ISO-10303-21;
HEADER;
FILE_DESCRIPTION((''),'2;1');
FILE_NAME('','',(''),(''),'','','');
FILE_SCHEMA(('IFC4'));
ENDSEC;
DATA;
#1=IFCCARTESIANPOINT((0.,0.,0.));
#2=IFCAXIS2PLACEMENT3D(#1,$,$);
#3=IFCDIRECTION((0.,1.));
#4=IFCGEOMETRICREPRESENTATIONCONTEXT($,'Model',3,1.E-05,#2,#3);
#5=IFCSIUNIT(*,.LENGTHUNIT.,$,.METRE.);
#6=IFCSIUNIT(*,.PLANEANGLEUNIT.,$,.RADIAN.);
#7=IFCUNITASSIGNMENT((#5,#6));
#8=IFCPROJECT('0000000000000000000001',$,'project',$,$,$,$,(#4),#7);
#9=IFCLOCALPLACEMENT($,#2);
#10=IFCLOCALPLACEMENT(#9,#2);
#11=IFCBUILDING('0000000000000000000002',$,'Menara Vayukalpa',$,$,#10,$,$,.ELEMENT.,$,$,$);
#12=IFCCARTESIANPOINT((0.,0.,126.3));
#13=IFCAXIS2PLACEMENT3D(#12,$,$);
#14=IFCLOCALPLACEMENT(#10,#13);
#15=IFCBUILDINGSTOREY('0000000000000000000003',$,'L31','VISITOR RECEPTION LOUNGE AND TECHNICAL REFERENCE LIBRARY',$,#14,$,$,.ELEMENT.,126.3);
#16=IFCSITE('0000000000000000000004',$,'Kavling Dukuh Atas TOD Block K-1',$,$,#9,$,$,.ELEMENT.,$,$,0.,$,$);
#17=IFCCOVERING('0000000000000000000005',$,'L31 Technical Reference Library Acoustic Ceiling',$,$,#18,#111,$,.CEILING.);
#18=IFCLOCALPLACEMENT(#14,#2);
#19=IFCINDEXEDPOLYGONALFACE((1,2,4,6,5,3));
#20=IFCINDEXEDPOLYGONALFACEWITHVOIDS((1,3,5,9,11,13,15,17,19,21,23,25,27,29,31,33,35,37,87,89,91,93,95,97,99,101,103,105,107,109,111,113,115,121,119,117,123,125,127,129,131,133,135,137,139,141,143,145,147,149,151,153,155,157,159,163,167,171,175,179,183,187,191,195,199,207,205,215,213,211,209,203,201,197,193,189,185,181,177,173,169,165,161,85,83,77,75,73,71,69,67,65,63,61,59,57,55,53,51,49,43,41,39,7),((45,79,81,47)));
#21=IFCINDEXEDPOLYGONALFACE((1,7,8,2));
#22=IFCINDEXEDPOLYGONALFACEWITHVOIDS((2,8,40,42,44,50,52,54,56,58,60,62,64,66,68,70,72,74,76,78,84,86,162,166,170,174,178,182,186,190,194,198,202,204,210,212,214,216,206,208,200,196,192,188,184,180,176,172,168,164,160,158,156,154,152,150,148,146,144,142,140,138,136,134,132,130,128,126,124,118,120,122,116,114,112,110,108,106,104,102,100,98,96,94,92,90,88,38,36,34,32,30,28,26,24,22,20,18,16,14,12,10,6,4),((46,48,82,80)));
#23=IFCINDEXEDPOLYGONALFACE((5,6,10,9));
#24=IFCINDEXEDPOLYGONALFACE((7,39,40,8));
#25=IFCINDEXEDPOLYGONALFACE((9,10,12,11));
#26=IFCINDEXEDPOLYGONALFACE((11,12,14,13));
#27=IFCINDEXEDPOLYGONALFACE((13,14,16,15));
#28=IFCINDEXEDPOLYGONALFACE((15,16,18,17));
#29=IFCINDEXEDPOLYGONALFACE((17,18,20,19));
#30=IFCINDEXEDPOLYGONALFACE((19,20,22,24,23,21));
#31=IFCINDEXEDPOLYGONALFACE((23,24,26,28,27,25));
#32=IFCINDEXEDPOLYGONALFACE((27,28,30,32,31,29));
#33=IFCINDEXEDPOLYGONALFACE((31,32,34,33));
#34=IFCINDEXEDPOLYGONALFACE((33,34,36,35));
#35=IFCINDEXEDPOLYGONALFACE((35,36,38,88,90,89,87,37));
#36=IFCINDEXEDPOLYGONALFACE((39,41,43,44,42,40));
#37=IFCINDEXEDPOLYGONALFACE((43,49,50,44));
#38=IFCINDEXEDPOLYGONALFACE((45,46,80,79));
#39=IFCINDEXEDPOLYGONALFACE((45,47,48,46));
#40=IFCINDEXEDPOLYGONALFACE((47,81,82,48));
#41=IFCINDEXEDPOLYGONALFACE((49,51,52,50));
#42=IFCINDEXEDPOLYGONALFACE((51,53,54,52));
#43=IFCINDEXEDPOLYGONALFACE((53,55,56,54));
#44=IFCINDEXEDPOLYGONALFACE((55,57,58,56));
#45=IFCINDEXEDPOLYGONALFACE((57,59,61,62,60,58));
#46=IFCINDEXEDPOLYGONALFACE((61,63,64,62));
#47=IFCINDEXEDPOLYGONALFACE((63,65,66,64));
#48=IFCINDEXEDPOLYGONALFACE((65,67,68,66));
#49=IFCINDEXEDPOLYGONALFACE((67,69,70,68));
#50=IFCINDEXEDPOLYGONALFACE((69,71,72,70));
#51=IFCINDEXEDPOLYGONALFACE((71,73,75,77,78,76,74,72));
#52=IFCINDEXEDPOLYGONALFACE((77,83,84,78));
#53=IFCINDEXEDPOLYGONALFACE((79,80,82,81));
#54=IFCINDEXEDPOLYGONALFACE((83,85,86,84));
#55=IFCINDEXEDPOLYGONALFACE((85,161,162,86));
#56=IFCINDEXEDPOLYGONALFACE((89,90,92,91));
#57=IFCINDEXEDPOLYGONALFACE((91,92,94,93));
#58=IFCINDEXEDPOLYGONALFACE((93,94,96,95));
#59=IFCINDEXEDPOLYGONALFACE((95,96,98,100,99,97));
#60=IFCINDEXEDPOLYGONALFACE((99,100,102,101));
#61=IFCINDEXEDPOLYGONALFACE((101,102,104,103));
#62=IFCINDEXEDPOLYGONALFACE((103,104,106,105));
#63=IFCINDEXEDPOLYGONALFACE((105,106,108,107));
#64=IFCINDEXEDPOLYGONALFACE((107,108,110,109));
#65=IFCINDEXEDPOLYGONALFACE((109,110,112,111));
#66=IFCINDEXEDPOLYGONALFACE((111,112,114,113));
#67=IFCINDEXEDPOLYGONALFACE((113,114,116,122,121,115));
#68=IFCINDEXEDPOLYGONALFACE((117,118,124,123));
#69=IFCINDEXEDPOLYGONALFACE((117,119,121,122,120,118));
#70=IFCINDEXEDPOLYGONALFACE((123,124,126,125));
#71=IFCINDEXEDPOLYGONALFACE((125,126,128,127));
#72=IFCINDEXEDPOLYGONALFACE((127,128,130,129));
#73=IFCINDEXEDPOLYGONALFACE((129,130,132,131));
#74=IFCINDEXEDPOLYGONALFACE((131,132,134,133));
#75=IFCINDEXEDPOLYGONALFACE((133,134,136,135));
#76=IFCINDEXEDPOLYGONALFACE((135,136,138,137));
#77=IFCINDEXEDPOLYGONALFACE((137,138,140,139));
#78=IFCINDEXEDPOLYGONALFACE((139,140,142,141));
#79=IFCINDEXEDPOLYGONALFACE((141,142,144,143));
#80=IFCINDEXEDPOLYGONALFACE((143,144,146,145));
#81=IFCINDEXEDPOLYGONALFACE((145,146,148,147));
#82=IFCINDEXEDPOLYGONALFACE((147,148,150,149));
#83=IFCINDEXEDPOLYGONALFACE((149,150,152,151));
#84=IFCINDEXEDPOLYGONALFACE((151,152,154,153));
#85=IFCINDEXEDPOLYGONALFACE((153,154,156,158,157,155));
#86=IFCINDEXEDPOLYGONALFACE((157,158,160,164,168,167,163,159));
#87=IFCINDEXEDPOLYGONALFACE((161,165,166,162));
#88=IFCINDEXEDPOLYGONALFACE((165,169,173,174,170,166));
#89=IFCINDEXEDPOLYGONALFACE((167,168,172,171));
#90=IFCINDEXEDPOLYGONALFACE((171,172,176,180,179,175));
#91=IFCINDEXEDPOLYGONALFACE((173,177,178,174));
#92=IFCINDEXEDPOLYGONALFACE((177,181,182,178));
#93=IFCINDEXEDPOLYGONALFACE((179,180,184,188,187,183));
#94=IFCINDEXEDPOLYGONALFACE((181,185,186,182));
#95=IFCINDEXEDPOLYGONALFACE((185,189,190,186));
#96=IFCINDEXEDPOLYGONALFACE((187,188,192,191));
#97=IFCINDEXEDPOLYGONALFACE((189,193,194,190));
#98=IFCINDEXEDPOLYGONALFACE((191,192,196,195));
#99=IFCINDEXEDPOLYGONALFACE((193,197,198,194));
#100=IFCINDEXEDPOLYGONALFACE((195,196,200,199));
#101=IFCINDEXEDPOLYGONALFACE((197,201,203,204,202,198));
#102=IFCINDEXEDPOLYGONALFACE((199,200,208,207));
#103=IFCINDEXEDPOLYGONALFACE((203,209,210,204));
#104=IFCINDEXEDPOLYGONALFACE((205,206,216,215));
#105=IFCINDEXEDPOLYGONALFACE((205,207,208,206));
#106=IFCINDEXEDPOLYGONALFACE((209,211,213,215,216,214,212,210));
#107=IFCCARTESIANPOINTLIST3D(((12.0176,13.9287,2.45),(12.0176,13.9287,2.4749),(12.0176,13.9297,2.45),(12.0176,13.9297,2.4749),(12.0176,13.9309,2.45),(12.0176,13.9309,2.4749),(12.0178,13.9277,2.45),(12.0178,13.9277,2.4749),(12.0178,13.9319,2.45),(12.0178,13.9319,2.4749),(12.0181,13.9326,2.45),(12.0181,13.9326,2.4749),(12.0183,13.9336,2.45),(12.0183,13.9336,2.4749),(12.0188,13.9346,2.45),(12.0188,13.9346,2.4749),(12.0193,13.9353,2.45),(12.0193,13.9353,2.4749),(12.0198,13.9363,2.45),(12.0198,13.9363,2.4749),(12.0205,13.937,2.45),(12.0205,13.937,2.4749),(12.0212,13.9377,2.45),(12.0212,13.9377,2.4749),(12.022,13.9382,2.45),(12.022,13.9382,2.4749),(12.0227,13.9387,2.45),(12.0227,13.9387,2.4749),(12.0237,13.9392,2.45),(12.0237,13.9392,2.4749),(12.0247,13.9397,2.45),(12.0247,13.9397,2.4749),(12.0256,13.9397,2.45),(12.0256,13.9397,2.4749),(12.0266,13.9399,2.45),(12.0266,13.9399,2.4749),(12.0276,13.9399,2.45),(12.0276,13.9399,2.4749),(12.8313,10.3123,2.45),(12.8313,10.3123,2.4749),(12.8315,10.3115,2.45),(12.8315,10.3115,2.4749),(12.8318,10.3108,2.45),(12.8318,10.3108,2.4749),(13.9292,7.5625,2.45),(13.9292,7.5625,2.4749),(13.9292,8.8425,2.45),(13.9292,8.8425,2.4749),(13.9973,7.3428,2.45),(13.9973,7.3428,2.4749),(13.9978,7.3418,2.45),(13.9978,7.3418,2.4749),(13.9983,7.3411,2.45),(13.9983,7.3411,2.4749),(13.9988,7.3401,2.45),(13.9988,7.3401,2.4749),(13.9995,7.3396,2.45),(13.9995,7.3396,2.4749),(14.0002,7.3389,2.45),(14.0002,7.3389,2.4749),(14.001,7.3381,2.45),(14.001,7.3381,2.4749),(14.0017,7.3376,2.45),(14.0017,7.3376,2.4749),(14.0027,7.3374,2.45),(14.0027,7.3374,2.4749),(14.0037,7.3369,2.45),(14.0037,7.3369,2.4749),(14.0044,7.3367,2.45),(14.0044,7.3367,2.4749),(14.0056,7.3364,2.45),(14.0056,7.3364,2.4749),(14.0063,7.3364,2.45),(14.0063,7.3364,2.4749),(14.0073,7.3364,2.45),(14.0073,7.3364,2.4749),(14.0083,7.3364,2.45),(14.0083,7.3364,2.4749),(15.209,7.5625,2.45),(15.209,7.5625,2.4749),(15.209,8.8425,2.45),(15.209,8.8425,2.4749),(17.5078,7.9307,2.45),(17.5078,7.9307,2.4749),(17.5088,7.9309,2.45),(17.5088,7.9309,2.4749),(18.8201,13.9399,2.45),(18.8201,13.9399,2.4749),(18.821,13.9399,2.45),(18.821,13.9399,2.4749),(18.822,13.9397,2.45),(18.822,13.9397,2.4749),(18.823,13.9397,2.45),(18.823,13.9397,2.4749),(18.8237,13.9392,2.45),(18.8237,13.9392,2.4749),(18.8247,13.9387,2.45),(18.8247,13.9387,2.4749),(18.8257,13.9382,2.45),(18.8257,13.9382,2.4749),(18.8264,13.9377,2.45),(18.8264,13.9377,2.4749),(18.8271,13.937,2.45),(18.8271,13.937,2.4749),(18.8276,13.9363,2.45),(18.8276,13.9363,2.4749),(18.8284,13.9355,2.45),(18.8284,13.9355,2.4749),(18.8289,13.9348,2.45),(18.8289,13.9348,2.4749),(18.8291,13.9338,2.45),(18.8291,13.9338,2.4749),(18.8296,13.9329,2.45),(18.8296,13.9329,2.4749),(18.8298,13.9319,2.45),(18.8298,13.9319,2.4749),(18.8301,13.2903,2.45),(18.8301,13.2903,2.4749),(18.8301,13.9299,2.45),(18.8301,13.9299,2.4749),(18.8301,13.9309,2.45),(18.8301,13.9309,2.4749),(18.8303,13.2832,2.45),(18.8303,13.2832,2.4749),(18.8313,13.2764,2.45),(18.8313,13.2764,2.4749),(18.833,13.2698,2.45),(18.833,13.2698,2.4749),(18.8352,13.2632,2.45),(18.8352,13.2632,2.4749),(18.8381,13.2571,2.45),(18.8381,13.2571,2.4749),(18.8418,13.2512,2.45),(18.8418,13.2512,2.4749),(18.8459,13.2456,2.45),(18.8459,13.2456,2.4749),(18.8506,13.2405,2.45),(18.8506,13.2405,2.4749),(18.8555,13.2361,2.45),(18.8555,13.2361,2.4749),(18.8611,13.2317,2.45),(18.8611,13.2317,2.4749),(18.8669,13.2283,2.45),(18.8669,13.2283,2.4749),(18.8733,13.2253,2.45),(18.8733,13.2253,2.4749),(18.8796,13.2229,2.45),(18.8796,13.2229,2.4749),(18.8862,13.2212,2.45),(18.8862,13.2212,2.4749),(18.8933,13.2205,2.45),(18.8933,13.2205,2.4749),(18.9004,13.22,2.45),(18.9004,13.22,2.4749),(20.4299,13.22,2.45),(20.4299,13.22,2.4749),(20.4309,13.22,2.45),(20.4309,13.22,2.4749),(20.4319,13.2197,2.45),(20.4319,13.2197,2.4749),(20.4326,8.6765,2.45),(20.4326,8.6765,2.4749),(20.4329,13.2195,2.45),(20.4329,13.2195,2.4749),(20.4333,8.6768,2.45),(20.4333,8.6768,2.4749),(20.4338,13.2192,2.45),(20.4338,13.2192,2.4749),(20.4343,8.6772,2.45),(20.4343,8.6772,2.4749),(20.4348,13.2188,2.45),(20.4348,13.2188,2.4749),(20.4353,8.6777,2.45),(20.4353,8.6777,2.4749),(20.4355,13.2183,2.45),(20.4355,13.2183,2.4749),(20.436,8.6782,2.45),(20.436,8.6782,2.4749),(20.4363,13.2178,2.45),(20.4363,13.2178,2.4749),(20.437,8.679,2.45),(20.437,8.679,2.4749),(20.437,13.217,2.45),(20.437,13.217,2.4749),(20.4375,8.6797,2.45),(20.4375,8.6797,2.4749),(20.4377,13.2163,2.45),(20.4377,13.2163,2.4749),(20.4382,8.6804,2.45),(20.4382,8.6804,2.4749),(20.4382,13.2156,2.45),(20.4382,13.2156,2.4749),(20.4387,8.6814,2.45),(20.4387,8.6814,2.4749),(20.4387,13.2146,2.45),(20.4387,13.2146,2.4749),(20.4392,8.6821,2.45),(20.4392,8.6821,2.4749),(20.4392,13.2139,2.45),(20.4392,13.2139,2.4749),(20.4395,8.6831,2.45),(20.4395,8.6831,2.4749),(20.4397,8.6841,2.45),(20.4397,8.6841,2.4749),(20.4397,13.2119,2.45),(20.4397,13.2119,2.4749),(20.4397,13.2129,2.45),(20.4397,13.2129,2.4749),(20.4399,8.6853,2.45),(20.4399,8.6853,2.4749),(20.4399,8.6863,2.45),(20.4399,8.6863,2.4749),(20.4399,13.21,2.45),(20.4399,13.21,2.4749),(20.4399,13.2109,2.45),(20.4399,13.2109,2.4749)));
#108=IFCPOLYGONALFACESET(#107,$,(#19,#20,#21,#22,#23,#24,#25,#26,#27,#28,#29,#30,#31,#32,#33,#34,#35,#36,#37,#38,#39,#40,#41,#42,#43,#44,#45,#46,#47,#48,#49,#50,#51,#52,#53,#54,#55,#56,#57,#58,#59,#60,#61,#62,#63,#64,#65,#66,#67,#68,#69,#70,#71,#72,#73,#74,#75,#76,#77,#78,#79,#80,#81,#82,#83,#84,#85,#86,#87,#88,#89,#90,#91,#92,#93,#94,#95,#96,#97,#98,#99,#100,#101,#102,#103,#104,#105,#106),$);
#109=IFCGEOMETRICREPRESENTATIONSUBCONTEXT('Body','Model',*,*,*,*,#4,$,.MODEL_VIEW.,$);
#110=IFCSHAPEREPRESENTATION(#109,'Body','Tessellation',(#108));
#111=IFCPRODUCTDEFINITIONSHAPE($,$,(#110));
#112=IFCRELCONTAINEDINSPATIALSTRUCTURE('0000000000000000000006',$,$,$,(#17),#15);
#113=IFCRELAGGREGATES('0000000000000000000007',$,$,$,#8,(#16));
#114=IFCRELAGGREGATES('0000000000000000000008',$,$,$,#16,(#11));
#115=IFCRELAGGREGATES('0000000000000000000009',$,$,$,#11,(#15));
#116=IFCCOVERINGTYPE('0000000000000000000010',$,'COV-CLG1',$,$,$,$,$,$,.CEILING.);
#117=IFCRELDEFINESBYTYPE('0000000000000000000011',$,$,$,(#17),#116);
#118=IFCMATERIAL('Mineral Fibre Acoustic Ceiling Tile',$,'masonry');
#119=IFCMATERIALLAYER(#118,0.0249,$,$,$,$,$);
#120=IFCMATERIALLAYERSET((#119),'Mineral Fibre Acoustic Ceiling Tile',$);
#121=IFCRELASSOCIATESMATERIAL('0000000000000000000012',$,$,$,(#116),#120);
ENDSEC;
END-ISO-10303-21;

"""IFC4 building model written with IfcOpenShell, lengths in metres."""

from ifc_helpers import new_model, si_unit, direction, frame, origin, place, context, subcontext, project, spatial, polyline, outline, extrude, material, layer, layer_set, type_object, element, save


model = new_model("IFC4")

# Units and contexts
model_context = context("Model", 3, precision=1e-05, world=origin(), true_north=direction((0.0, 1.0)))
body_context = subcontext(model_context, "Body", "Model", "MODEL_VIEW")
ifc_project = project(units=[si_unit("LENGTHUNIT", "METRE"), si_unit("PLANEANGLEUNIT", "RADIAN")], contexts=[model_context])

# Site, building, storey
site_placement = place(None, origin())
site = spatial("IfcSite", under=ifc_project, at=site_placement, Name="Kavling Dukuh Atas TOD Block K-1", CompositionType="ELEMENT", RefElevation=0.0)
building_placement = place(site_placement, origin())
building = spatial("IfcBuilding", under=site, at=building_placement, Name="Menara Vayukalpa", CompositionType="ELEMENT")
storey_placement = place(building_placement, frame((0.0, 0.0, 126.3)))
storey = spatial("IfcBuildingStorey", under=building, at=storey_placement, Name="L31", Description="VISITOR RECEPTION LOUNGE AND TECHNICAL REFERENCE LIBRARY", CompositionType="ELEMENT", Elevation=126.3)

# Covering
ifc_material_1 = material(Name="Mineral Fibre Acoustic Ceiling Tile", Category="masonry")
ifc_layer_1 = layer(ifc_material_1, 0.0249)
ifc_layer_set_1 = layer_set([ifc_layer_1], Name="Mineral Fibre Acoustic Ceiling Tile")
covering_type_1 = type_object("IfcCoveringType", Name="COV-CLG1", PredefinedType="CEILING", material=ifc_layer_set_1)
covering_1_placement = place(storey_placement, frame((0.0, 0.0, 2.45)))
element("IfcCovering", 1, at=covering_1_placement, inside=storey, type_object=covering_type_1, Name="L31 Technical Reference Library Acoustic Ceiling", PredefinedType="CEILING", context=body_context, shape_type="SweptSolid", body=[
    extrude(outline(polyline([(14.0083, 7.3364), (14.0073, 7.3364), (14.0063, 7.3364), (14.0056, 7.3364), (14.0044, 7.3367), (14.0037, 7.3369), (14.0027, 7.3374), (14.0017, 7.3376), (14.001, 7.3381), (14.0002, 7.3389), (13.9995, 7.3396), (13.9988, 7.3401), (13.9983, 7.3411), (13.9978, 7.3418), (13.9973, 7.3428), (12.8318, 10.3108), (12.8315, 10.3115), (12.8313, 10.3123), (12.0178, 13.9277), (12.0176, 13.9287), (12.0176, 13.9297), (12.0176, 13.9309), (12.0178, 13.9319), (12.0181, 13.9326), (12.0183, 13.9336), (12.0188, 13.9346), (12.0193, 13.9353), (12.0198, 13.9363), (12.0205, 13.937), (12.0212, 13.9377), (12.022, 13.9382), (12.0227, 13.9387), (12.0237, 13.9392), (12.0247, 13.9397), (12.0256, 13.9397), (12.0266, 13.9399), (12.0276, 13.9399), (18.8201, 13.9399), (18.821, 13.9399), (18.822, 13.9397), (18.823, 13.9397), (18.8237, 13.9392), (18.8247, 13.9387), (18.8257, 13.9382), (18.8264, 13.9377), (18.8271, 13.937), (18.8276, 13.9363), (18.8284, 13.9355), (18.8289, 13.9348), (18.8291, 13.9338), (18.8296, 13.9329), (18.8298, 13.9319), (18.8301, 13.9309), (18.8301, 13.9299), (18.8301, 13.2903), (18.8303, 13.2832), (18.8313, 13.2764), (18.833, 13.2698), (18.8352, 13.2632), (18.8381, 13.2571), (18.8418, 13.2512), (18.8459, 13.2456), (18.8506, 13.2405), (18.8555, 13.2361), (18.8611, 13.2317), (18.8669, 13.2283), (18.8733, 13.2253), (18.8796, 13.2229), (18.8862, 13.2212), (18.8933, 13.2205), (18.9004, 13.22), (20.4299, 13.22), (20.4309, 13.22), (20.4319, 13.2197), (20.4329, 13.2195), (20.4338, 13.2192), (20.4348, 13.2188), (20.4355, 13.2183), (20.4363, 13.2178), (20.437, 13.217), (20.4377, 13.2163), (20.4382, 13.2156), (20.4387, 13.2146), (20.4392, 13.2139), (20.4397, 13.2129), (20.4397, 13.2119), (20.4399, 13.2109), (20.4399, 13.21), (20.4399, 8.6863), (20.4399, 8.6853), (20.4397, 8.6841), (20.4395, 8.6831), (20.4392, 8.6821), (20.4387, 8.6814), (20.4382, 8.6804), (20.4375, 8.6797), (20.437, 8.679), (20.436, 8.6782), (20.4353, 8.6777), (20.4343, 8.6772), (20.4333, 8.6768), (20.4326, 8.6765), (17.5088, 7.9309), (17.5078, 7.9307), (14.0083, 7.3364)]), holes=[polyline([(15.209, 8.8425), (13.9292, 8.8425), (13.9292, 7.5625), (15.209, 7.5625), (15.209, 8.8425)])]), origin(), (0.0, 0.0, 1.0), 0.0249),
])

save(model, "model.ifc")
